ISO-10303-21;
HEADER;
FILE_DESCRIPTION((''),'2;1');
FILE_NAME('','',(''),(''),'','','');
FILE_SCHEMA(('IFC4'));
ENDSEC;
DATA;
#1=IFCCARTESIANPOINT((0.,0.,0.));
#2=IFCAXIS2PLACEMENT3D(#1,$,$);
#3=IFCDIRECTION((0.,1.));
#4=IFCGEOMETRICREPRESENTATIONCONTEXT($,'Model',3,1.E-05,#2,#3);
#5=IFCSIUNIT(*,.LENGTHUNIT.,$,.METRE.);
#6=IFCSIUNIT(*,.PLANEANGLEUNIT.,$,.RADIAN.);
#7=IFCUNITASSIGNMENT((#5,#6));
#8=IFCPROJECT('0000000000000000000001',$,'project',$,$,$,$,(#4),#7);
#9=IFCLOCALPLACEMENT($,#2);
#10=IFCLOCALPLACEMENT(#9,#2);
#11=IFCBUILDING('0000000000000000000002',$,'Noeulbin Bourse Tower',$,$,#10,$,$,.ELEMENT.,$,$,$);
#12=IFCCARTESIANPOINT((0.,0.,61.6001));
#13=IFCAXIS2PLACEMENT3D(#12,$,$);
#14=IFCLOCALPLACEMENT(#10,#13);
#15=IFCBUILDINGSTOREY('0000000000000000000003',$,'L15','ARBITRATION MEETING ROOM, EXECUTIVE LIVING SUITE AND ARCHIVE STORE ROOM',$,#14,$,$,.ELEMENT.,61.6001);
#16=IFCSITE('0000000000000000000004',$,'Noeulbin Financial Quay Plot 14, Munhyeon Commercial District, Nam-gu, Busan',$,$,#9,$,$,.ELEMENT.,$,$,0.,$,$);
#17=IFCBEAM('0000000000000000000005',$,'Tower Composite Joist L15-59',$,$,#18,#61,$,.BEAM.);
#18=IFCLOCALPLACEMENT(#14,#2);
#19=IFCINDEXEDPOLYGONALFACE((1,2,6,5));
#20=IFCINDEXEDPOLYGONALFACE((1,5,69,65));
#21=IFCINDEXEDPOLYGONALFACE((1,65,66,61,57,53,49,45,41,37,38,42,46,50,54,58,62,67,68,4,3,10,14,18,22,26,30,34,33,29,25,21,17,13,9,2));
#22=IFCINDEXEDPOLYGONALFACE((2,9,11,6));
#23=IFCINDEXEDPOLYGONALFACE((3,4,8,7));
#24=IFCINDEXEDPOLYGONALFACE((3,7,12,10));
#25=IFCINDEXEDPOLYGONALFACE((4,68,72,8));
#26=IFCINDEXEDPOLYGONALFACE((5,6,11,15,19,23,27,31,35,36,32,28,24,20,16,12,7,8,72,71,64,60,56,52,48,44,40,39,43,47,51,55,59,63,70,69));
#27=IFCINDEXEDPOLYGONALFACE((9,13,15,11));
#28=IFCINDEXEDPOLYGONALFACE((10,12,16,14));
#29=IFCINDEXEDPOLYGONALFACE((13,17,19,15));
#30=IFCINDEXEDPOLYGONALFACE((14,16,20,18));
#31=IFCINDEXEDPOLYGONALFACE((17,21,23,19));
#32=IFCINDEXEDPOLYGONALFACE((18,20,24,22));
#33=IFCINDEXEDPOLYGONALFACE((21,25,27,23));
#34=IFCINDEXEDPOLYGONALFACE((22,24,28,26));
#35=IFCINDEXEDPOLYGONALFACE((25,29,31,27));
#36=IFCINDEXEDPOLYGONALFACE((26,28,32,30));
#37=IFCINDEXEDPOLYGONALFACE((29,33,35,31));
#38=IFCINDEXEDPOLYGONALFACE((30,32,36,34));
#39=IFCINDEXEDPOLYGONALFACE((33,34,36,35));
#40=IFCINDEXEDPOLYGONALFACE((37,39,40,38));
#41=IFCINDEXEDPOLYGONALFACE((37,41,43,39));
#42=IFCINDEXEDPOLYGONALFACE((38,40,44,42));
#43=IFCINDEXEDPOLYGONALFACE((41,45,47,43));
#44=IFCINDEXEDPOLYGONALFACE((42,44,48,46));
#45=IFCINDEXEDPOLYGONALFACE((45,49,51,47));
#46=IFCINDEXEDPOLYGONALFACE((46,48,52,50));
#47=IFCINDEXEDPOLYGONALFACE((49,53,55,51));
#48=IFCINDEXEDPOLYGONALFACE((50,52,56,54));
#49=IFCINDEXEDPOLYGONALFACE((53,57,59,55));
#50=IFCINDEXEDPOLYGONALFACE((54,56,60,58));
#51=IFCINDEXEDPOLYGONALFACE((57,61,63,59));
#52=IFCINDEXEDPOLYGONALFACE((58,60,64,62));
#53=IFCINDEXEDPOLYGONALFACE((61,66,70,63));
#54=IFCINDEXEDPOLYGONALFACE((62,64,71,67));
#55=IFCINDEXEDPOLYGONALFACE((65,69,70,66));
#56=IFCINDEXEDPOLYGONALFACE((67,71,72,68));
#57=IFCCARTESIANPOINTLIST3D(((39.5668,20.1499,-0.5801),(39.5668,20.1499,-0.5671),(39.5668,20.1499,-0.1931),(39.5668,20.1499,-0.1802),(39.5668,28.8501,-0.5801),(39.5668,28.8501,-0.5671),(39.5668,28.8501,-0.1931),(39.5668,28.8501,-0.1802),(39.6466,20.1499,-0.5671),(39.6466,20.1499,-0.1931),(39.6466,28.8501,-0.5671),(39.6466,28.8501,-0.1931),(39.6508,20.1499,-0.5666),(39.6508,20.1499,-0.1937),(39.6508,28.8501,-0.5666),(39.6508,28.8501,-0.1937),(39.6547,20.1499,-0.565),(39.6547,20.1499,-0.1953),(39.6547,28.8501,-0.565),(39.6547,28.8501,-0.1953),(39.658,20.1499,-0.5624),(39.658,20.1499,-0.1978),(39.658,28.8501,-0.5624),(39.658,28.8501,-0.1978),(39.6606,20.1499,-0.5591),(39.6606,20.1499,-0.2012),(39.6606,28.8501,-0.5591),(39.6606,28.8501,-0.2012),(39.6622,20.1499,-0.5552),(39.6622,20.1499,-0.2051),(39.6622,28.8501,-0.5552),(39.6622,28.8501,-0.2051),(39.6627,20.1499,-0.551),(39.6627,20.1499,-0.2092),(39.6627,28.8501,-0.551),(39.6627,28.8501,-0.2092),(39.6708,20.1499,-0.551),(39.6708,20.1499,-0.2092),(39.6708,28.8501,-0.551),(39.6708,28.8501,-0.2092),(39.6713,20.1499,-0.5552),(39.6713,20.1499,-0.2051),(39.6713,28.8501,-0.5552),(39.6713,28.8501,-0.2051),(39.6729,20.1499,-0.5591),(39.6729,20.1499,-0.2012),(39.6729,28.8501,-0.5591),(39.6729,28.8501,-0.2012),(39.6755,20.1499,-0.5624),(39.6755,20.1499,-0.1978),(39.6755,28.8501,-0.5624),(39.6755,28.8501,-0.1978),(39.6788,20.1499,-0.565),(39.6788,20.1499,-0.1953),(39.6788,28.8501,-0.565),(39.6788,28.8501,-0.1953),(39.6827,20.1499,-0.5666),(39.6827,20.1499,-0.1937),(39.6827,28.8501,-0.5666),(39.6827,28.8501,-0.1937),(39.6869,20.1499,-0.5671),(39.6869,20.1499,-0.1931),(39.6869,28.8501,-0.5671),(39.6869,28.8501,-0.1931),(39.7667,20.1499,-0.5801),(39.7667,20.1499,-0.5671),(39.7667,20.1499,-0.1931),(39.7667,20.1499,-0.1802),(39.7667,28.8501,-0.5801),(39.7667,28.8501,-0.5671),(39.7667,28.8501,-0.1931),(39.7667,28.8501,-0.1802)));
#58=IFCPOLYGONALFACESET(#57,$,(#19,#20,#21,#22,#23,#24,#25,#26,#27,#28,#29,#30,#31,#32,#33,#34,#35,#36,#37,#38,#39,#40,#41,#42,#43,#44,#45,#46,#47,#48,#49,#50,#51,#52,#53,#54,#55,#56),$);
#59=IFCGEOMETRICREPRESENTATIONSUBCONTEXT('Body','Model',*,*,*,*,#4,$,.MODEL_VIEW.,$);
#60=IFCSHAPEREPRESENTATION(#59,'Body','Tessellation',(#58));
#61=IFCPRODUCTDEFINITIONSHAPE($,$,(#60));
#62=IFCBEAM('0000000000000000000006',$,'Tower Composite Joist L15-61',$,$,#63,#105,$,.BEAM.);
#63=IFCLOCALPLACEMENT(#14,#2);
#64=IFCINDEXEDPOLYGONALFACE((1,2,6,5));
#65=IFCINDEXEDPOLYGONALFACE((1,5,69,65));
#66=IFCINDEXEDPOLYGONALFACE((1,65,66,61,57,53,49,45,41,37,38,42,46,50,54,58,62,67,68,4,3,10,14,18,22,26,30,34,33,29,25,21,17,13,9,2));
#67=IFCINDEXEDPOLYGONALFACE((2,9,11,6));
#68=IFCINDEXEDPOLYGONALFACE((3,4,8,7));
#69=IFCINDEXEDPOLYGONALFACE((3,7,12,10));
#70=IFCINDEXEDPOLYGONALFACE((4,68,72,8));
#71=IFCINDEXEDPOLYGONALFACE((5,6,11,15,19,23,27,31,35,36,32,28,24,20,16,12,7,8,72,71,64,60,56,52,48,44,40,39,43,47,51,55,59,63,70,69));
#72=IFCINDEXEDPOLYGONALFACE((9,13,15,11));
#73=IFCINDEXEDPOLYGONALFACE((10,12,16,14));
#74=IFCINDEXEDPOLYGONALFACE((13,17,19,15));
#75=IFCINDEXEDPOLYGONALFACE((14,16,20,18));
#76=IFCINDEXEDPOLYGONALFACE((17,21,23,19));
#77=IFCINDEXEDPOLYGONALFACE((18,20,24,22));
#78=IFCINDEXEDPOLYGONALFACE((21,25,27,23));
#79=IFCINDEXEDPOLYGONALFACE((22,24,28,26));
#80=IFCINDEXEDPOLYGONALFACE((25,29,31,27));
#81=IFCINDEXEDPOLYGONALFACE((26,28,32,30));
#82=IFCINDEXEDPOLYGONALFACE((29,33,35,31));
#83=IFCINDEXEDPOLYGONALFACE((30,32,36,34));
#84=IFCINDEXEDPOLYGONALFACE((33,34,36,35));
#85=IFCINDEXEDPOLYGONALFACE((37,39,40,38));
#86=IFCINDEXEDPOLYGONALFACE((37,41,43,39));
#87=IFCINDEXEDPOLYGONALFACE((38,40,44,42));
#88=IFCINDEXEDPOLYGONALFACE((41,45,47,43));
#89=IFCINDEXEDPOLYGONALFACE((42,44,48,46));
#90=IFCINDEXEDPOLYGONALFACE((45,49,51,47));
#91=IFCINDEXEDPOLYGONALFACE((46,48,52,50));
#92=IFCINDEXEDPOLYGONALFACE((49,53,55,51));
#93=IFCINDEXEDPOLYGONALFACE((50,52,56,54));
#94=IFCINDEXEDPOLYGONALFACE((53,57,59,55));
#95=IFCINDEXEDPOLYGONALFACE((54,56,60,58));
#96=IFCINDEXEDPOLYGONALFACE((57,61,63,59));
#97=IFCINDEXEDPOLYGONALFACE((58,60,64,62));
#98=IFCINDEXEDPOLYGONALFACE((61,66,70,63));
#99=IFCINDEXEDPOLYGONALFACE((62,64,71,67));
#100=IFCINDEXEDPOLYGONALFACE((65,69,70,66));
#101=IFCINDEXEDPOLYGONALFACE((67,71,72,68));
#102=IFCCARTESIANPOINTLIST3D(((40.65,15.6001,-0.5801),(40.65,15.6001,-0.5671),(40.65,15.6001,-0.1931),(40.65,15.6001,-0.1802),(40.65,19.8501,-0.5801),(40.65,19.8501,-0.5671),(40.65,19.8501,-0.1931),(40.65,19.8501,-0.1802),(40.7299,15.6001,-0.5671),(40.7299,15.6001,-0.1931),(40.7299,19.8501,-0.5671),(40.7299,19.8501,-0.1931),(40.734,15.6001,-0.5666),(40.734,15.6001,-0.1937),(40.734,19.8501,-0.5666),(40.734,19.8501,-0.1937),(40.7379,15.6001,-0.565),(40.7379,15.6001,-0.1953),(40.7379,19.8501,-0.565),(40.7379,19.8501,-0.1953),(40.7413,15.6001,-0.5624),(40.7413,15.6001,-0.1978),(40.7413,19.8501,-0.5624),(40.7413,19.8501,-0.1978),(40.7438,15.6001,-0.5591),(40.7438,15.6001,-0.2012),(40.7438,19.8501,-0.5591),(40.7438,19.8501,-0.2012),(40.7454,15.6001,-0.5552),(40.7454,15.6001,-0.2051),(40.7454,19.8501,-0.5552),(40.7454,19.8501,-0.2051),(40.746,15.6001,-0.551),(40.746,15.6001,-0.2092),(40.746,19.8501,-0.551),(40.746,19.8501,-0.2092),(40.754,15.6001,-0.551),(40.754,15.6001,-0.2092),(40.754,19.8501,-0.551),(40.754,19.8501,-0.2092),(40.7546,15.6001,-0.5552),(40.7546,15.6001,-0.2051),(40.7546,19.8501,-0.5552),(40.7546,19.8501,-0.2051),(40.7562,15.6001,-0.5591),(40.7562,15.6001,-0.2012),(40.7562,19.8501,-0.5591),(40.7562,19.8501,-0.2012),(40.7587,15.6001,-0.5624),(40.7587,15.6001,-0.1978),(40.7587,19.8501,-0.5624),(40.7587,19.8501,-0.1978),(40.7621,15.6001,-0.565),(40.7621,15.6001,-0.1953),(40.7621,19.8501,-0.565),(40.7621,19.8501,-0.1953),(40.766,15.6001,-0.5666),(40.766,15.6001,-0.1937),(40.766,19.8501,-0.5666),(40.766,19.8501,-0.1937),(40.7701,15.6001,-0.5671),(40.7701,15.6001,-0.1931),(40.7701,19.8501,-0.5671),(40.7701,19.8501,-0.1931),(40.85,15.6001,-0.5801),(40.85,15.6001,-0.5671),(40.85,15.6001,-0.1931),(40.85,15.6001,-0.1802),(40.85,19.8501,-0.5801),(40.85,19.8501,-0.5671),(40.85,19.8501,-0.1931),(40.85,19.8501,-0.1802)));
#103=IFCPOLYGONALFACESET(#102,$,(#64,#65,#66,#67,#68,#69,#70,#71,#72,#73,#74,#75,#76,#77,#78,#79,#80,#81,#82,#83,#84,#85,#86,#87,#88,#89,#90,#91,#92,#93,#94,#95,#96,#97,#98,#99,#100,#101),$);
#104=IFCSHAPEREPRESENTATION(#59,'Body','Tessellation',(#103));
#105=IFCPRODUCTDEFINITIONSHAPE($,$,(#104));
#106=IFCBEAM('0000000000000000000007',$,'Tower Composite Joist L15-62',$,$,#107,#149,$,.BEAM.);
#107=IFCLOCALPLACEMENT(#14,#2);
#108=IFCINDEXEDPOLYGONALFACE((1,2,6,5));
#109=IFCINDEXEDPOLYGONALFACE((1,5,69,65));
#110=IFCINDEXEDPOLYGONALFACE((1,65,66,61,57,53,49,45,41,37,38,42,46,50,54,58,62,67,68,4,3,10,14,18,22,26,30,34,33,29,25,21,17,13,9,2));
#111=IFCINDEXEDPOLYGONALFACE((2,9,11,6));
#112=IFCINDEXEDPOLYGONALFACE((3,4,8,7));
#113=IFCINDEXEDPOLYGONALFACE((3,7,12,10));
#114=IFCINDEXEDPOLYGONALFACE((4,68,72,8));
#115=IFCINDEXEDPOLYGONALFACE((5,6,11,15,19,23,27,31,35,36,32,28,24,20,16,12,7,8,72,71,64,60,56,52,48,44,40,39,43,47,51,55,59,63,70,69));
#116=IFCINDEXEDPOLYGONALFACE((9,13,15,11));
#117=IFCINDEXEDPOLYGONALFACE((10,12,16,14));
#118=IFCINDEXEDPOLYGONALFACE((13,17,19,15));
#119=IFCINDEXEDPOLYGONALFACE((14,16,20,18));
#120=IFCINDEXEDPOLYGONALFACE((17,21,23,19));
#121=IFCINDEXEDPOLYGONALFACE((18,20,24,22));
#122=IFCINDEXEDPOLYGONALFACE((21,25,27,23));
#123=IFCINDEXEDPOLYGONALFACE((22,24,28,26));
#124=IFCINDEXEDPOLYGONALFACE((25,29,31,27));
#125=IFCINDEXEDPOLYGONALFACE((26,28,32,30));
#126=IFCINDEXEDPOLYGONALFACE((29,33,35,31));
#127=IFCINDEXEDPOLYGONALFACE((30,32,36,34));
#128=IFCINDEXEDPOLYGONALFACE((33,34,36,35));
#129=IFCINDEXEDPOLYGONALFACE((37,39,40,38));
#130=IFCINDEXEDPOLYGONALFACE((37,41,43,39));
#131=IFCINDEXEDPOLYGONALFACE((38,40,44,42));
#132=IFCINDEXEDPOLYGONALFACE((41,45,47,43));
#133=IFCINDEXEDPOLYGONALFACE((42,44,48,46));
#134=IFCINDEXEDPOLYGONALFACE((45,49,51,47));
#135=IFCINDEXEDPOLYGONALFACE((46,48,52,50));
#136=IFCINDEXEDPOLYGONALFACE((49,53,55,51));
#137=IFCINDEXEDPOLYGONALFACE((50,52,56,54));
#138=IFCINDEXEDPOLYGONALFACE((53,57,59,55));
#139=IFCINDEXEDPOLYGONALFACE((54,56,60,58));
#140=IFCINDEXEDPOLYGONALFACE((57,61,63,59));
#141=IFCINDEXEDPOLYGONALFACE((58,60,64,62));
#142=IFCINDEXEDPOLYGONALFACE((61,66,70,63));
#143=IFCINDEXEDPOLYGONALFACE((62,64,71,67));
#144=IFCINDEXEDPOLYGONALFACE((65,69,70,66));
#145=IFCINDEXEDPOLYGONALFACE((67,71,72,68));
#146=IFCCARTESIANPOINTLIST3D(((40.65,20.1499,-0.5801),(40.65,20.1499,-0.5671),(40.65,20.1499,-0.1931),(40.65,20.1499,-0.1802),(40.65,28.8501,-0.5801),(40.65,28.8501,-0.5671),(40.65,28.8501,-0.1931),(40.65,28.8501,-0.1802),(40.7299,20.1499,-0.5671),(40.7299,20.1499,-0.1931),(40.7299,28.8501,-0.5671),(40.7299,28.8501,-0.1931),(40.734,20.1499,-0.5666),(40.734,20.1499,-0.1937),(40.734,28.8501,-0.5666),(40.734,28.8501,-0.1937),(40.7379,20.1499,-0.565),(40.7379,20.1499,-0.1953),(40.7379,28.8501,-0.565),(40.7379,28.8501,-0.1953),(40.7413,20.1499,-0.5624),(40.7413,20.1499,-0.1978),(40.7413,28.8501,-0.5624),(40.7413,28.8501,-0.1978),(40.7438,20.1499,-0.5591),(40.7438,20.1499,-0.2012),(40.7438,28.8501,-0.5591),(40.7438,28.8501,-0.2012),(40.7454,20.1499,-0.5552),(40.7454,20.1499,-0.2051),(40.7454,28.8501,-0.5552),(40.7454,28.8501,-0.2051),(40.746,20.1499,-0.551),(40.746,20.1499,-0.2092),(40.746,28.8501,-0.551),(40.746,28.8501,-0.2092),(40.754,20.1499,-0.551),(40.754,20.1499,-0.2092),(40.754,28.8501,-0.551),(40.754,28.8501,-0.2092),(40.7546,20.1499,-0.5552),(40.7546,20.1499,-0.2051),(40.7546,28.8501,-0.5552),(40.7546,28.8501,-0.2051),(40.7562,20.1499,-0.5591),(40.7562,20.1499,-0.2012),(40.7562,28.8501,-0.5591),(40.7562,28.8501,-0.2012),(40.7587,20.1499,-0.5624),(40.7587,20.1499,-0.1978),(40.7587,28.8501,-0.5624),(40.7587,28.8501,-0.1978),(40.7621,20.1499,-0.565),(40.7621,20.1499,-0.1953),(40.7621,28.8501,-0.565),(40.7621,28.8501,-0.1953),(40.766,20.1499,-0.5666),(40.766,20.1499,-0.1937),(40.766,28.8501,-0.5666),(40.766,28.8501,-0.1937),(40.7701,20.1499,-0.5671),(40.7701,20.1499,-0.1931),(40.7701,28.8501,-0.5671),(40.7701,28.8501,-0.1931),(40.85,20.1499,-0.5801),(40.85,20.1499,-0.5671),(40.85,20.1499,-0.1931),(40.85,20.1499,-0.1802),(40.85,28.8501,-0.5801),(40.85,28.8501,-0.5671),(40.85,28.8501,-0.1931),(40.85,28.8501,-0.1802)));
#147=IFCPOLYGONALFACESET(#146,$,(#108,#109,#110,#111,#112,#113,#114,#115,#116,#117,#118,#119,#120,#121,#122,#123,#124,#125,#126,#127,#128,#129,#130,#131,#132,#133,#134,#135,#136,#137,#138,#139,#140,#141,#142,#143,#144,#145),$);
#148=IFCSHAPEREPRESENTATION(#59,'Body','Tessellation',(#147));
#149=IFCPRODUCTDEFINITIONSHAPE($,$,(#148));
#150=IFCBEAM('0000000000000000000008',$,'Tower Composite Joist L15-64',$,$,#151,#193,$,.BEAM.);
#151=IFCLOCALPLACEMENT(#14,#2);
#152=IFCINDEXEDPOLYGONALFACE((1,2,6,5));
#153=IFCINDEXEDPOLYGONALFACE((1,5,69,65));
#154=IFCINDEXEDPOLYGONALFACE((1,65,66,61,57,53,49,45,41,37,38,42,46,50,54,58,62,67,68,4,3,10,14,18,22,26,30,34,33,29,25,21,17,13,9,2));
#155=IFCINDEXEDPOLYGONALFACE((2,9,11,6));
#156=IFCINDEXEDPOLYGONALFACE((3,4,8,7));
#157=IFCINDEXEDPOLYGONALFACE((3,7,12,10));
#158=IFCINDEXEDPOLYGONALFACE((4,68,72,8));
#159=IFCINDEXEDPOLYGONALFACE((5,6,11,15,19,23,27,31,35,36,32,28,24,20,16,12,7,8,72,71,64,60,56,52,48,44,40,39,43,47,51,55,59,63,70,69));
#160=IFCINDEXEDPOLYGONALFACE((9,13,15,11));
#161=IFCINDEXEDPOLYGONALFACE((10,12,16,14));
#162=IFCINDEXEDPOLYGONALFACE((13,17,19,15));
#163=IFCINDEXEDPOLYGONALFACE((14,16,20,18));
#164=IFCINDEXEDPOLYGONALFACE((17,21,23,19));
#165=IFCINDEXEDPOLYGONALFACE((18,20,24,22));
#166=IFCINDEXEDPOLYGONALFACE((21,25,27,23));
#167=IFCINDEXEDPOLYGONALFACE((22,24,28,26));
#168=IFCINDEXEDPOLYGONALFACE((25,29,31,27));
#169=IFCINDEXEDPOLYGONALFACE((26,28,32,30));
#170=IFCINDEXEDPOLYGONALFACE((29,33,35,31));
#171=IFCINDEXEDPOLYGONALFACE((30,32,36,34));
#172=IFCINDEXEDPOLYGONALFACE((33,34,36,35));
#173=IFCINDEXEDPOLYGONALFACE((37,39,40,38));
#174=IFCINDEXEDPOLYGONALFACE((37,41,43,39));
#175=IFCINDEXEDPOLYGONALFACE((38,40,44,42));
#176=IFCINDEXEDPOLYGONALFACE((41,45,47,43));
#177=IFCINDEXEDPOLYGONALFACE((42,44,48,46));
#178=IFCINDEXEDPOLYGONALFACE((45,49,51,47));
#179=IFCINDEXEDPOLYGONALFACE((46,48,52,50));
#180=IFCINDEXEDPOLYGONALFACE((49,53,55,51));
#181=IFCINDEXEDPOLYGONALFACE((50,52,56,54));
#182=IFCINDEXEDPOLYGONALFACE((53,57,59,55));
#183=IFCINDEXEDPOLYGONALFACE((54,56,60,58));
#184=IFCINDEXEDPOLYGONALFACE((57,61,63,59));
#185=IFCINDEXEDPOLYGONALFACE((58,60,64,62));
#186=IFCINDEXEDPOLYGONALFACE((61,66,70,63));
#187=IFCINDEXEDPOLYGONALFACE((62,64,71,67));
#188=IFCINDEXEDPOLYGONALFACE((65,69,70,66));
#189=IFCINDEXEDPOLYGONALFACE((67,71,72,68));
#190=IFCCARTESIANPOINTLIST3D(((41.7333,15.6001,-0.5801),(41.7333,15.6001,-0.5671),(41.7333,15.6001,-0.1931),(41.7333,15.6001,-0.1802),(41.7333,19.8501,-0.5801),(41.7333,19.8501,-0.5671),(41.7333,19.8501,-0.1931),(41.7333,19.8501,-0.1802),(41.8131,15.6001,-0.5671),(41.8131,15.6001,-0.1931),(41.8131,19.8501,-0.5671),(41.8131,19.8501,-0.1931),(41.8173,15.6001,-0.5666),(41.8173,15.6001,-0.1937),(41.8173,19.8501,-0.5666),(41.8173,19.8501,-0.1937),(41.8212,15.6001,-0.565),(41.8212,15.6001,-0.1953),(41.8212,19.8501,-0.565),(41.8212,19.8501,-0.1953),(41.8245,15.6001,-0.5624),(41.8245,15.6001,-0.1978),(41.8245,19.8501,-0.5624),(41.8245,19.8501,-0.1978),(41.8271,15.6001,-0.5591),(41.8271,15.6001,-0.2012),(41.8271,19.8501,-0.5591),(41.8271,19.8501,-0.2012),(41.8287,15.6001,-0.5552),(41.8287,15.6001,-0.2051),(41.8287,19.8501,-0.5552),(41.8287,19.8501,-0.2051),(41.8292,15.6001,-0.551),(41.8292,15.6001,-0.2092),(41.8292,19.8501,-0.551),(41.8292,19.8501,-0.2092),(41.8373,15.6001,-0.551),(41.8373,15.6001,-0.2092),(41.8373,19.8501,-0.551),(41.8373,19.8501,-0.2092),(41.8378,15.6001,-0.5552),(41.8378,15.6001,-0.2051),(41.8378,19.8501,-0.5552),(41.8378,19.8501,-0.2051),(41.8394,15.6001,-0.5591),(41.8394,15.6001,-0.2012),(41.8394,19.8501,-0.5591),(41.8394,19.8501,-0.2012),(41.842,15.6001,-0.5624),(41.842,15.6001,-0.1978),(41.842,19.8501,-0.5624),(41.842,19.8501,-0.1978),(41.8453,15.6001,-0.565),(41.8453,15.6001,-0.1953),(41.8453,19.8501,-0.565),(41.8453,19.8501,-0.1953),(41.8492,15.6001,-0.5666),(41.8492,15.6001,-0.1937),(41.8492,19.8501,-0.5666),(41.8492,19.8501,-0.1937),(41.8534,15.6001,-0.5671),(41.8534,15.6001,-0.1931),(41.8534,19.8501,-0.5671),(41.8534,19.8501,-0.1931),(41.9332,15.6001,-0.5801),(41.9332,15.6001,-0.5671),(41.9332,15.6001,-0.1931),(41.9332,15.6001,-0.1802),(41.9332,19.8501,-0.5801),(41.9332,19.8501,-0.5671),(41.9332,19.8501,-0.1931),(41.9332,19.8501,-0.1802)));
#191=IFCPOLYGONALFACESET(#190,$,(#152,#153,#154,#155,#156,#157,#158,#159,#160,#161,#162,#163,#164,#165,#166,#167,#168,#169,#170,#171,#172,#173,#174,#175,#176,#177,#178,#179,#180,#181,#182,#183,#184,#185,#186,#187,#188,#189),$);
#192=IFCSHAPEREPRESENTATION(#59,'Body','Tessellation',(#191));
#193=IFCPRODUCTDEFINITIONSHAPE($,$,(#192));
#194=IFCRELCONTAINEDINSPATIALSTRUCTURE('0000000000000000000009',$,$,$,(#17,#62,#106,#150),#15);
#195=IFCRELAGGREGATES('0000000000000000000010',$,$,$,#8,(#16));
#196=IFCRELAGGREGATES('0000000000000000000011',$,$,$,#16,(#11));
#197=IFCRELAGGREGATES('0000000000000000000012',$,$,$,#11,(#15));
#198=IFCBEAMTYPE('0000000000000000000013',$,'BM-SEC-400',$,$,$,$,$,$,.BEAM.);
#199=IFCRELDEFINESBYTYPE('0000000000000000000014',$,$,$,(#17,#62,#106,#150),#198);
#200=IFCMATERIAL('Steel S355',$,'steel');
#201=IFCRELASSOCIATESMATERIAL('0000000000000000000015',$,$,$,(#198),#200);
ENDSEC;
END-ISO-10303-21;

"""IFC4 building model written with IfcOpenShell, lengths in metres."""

from ifc_helpers import new_model, si_unit, direction, frame, origin, origin_2d, place, context, subcontext, project, spatial, i_section, extrude, material, material_profile, profile_set, type_object, element, save


model = new_model("IFC4")

# Units and contexts
model_context = context("Model", 3, precision=1e-05, world=origin(), true_north=direction((0.0, 1.0)))
body_context = subcontext(model_context, "Body", "Model", "MODEL_VIEW")
ifc_project = project(units=[si_unit("LENGTHUNIT", "METRE"), si_unit("PLANEANGLEUNIT", "RADIAN")], contexts=[model_context])

# Site, building, storey
site_placement = place(None, origin())
site = spatial("IfcSite", under=ifc_project, at=site_placement, Name="Noeulbin Financial Quay Plot 14, Munhyeon Commercial District, Nam-gu, Busan", CompositionType="ELEMENT", RefElevation=0.0)
building_placement = place(site_placement, origin())
building = spatial("IfcBuilding", under=site, at=building_placement, Name="Noeulbin Bourse Tower", CompositionType="ELEMENT")
storey_placement = place(building_placement, frame((0.0, 0.0, 61.6001)))
storey = spatial("IfcBuildingStorey", under=building, at=storey_placement, Name="L15", Description="ARBITRATION MEETING ROOM, EXECUTIVE LIVING SUITE AND ARCHIVE STORE ROOM", CompositionType="ELEMENT", Elevation=61.6001)

# Beams
ifc_material_1 = material(Name="Steel S355", Category="steel")
ifc_material_profile_1 = material_profile(ifc_material_1, i_section(OverallWidth=0.2, OverallDepth=0.3999, WebThickness=0.0081, FlangeThickness=0.0129, FilletRadius=0.0161, at=origin_2d()), Name="H-400x200x8x13", Category="LoadBearing")
ifc_profile_set_1 = profile_set([ifc_material_profile_1], Name="Steel S355")
beam_type_1 = type_object("IfcBeamType", Name="BM-SEC-400", PredefinedType="BEAM", material=ifc_profile_set_1)
beam_1_placement = place(storey_placement, frame((39.6667, 20.1499, -0.3801), z_axis=(0.0, 1.0, 0.0), x_axis=(-1.0, 0.0, 0.0)))
element("IfcBeam", 1, at=beam_1_placement, inside=storey, type_object=beam_type_1, Name="Tower Composite Joist L15-59", PredefinedType="BEAM", context=body_context, shape_type="SweptSolid", body=[
    extrude(i_section(OverallWidth=0.2, OverallDepth=0.3999, WebThickness=0.0081, FlangeThickness=0.0129, FilletRadius=0.0161, at=origin_2d()), origin(), (0.0, 0.0, 1.0), 8.7002),
])
beam_2_placement = place(storey_placement, frame((40.75, 15.6001, -0.3801), z_axis=(0.0, 1.0, 0.0), x_axis=(-1.0, 0.0, 0.0)))
element("IfcBeam", 2, at=beam_2_placement, inside=storey, type_object=beam_type_1, Name="Tower Composite Joist L15-61", PredefinedType="BEAM", context=body_context, shape_type="SweptSolid", body=[
    extrude(i_section(OverallWidth=0.2, OverallDepth=0.3999, WebThickness=0.0081, FlangeThickness=0.0129, FilletRadius=0.0161, at=origin_2d()), origin(), (0.0, 0.0, 1.0), 4.25),
])
beam_3_placement = place(storey_placement, frame((40.75, 20.1499, -0.3801), z_axis=(0.0, 1.0, 0.0), x_axis=(-1.0, 0.0, 0.0)))
element("IfcBeam", 3, at=beam_3_placement, inside=storey, type_object=beam_type_1, Name="Tower Composite Joist L15-62", PredefinedType="BEAM", context=body_context, shape_type="SweptSolid", body=[
    extrude(i_section(OverallWidth=0.2, OverallDepth=0.3999, WebThickness=0.0081, FlangeThickness=0.0129, FilletRadius=0.0161, at=origin_2d()), origin(), (0.0, 0.0, 1.0), 8.7002),
])
beam_4_placement = place(storey_placement, frame((41.8333, 15.6001, -0.3801), z_axis=(0.0, 1.0, 0.0), x_axis=(-1.0, 0.0, 0.0)))
element("IfcBeam", 4, at=beam_4_placement, inside=storey, type_object=beam_type_1, Name="Tower Composite Joist L15-64", PredefinedType="BEAM", context=body_context, shape_type="SweptSolid", body=[
    extrude(i_section(OverallWidth=0.2, OverallDepth=0.3999, WebThickness=0.0081, FlangeThickness=0.0129, FilletRadius=0.0161, at=origin_2d()), origin(), (0.0, 0.0, 1.0), 4.25),
])

save(model, "model.ifc")
